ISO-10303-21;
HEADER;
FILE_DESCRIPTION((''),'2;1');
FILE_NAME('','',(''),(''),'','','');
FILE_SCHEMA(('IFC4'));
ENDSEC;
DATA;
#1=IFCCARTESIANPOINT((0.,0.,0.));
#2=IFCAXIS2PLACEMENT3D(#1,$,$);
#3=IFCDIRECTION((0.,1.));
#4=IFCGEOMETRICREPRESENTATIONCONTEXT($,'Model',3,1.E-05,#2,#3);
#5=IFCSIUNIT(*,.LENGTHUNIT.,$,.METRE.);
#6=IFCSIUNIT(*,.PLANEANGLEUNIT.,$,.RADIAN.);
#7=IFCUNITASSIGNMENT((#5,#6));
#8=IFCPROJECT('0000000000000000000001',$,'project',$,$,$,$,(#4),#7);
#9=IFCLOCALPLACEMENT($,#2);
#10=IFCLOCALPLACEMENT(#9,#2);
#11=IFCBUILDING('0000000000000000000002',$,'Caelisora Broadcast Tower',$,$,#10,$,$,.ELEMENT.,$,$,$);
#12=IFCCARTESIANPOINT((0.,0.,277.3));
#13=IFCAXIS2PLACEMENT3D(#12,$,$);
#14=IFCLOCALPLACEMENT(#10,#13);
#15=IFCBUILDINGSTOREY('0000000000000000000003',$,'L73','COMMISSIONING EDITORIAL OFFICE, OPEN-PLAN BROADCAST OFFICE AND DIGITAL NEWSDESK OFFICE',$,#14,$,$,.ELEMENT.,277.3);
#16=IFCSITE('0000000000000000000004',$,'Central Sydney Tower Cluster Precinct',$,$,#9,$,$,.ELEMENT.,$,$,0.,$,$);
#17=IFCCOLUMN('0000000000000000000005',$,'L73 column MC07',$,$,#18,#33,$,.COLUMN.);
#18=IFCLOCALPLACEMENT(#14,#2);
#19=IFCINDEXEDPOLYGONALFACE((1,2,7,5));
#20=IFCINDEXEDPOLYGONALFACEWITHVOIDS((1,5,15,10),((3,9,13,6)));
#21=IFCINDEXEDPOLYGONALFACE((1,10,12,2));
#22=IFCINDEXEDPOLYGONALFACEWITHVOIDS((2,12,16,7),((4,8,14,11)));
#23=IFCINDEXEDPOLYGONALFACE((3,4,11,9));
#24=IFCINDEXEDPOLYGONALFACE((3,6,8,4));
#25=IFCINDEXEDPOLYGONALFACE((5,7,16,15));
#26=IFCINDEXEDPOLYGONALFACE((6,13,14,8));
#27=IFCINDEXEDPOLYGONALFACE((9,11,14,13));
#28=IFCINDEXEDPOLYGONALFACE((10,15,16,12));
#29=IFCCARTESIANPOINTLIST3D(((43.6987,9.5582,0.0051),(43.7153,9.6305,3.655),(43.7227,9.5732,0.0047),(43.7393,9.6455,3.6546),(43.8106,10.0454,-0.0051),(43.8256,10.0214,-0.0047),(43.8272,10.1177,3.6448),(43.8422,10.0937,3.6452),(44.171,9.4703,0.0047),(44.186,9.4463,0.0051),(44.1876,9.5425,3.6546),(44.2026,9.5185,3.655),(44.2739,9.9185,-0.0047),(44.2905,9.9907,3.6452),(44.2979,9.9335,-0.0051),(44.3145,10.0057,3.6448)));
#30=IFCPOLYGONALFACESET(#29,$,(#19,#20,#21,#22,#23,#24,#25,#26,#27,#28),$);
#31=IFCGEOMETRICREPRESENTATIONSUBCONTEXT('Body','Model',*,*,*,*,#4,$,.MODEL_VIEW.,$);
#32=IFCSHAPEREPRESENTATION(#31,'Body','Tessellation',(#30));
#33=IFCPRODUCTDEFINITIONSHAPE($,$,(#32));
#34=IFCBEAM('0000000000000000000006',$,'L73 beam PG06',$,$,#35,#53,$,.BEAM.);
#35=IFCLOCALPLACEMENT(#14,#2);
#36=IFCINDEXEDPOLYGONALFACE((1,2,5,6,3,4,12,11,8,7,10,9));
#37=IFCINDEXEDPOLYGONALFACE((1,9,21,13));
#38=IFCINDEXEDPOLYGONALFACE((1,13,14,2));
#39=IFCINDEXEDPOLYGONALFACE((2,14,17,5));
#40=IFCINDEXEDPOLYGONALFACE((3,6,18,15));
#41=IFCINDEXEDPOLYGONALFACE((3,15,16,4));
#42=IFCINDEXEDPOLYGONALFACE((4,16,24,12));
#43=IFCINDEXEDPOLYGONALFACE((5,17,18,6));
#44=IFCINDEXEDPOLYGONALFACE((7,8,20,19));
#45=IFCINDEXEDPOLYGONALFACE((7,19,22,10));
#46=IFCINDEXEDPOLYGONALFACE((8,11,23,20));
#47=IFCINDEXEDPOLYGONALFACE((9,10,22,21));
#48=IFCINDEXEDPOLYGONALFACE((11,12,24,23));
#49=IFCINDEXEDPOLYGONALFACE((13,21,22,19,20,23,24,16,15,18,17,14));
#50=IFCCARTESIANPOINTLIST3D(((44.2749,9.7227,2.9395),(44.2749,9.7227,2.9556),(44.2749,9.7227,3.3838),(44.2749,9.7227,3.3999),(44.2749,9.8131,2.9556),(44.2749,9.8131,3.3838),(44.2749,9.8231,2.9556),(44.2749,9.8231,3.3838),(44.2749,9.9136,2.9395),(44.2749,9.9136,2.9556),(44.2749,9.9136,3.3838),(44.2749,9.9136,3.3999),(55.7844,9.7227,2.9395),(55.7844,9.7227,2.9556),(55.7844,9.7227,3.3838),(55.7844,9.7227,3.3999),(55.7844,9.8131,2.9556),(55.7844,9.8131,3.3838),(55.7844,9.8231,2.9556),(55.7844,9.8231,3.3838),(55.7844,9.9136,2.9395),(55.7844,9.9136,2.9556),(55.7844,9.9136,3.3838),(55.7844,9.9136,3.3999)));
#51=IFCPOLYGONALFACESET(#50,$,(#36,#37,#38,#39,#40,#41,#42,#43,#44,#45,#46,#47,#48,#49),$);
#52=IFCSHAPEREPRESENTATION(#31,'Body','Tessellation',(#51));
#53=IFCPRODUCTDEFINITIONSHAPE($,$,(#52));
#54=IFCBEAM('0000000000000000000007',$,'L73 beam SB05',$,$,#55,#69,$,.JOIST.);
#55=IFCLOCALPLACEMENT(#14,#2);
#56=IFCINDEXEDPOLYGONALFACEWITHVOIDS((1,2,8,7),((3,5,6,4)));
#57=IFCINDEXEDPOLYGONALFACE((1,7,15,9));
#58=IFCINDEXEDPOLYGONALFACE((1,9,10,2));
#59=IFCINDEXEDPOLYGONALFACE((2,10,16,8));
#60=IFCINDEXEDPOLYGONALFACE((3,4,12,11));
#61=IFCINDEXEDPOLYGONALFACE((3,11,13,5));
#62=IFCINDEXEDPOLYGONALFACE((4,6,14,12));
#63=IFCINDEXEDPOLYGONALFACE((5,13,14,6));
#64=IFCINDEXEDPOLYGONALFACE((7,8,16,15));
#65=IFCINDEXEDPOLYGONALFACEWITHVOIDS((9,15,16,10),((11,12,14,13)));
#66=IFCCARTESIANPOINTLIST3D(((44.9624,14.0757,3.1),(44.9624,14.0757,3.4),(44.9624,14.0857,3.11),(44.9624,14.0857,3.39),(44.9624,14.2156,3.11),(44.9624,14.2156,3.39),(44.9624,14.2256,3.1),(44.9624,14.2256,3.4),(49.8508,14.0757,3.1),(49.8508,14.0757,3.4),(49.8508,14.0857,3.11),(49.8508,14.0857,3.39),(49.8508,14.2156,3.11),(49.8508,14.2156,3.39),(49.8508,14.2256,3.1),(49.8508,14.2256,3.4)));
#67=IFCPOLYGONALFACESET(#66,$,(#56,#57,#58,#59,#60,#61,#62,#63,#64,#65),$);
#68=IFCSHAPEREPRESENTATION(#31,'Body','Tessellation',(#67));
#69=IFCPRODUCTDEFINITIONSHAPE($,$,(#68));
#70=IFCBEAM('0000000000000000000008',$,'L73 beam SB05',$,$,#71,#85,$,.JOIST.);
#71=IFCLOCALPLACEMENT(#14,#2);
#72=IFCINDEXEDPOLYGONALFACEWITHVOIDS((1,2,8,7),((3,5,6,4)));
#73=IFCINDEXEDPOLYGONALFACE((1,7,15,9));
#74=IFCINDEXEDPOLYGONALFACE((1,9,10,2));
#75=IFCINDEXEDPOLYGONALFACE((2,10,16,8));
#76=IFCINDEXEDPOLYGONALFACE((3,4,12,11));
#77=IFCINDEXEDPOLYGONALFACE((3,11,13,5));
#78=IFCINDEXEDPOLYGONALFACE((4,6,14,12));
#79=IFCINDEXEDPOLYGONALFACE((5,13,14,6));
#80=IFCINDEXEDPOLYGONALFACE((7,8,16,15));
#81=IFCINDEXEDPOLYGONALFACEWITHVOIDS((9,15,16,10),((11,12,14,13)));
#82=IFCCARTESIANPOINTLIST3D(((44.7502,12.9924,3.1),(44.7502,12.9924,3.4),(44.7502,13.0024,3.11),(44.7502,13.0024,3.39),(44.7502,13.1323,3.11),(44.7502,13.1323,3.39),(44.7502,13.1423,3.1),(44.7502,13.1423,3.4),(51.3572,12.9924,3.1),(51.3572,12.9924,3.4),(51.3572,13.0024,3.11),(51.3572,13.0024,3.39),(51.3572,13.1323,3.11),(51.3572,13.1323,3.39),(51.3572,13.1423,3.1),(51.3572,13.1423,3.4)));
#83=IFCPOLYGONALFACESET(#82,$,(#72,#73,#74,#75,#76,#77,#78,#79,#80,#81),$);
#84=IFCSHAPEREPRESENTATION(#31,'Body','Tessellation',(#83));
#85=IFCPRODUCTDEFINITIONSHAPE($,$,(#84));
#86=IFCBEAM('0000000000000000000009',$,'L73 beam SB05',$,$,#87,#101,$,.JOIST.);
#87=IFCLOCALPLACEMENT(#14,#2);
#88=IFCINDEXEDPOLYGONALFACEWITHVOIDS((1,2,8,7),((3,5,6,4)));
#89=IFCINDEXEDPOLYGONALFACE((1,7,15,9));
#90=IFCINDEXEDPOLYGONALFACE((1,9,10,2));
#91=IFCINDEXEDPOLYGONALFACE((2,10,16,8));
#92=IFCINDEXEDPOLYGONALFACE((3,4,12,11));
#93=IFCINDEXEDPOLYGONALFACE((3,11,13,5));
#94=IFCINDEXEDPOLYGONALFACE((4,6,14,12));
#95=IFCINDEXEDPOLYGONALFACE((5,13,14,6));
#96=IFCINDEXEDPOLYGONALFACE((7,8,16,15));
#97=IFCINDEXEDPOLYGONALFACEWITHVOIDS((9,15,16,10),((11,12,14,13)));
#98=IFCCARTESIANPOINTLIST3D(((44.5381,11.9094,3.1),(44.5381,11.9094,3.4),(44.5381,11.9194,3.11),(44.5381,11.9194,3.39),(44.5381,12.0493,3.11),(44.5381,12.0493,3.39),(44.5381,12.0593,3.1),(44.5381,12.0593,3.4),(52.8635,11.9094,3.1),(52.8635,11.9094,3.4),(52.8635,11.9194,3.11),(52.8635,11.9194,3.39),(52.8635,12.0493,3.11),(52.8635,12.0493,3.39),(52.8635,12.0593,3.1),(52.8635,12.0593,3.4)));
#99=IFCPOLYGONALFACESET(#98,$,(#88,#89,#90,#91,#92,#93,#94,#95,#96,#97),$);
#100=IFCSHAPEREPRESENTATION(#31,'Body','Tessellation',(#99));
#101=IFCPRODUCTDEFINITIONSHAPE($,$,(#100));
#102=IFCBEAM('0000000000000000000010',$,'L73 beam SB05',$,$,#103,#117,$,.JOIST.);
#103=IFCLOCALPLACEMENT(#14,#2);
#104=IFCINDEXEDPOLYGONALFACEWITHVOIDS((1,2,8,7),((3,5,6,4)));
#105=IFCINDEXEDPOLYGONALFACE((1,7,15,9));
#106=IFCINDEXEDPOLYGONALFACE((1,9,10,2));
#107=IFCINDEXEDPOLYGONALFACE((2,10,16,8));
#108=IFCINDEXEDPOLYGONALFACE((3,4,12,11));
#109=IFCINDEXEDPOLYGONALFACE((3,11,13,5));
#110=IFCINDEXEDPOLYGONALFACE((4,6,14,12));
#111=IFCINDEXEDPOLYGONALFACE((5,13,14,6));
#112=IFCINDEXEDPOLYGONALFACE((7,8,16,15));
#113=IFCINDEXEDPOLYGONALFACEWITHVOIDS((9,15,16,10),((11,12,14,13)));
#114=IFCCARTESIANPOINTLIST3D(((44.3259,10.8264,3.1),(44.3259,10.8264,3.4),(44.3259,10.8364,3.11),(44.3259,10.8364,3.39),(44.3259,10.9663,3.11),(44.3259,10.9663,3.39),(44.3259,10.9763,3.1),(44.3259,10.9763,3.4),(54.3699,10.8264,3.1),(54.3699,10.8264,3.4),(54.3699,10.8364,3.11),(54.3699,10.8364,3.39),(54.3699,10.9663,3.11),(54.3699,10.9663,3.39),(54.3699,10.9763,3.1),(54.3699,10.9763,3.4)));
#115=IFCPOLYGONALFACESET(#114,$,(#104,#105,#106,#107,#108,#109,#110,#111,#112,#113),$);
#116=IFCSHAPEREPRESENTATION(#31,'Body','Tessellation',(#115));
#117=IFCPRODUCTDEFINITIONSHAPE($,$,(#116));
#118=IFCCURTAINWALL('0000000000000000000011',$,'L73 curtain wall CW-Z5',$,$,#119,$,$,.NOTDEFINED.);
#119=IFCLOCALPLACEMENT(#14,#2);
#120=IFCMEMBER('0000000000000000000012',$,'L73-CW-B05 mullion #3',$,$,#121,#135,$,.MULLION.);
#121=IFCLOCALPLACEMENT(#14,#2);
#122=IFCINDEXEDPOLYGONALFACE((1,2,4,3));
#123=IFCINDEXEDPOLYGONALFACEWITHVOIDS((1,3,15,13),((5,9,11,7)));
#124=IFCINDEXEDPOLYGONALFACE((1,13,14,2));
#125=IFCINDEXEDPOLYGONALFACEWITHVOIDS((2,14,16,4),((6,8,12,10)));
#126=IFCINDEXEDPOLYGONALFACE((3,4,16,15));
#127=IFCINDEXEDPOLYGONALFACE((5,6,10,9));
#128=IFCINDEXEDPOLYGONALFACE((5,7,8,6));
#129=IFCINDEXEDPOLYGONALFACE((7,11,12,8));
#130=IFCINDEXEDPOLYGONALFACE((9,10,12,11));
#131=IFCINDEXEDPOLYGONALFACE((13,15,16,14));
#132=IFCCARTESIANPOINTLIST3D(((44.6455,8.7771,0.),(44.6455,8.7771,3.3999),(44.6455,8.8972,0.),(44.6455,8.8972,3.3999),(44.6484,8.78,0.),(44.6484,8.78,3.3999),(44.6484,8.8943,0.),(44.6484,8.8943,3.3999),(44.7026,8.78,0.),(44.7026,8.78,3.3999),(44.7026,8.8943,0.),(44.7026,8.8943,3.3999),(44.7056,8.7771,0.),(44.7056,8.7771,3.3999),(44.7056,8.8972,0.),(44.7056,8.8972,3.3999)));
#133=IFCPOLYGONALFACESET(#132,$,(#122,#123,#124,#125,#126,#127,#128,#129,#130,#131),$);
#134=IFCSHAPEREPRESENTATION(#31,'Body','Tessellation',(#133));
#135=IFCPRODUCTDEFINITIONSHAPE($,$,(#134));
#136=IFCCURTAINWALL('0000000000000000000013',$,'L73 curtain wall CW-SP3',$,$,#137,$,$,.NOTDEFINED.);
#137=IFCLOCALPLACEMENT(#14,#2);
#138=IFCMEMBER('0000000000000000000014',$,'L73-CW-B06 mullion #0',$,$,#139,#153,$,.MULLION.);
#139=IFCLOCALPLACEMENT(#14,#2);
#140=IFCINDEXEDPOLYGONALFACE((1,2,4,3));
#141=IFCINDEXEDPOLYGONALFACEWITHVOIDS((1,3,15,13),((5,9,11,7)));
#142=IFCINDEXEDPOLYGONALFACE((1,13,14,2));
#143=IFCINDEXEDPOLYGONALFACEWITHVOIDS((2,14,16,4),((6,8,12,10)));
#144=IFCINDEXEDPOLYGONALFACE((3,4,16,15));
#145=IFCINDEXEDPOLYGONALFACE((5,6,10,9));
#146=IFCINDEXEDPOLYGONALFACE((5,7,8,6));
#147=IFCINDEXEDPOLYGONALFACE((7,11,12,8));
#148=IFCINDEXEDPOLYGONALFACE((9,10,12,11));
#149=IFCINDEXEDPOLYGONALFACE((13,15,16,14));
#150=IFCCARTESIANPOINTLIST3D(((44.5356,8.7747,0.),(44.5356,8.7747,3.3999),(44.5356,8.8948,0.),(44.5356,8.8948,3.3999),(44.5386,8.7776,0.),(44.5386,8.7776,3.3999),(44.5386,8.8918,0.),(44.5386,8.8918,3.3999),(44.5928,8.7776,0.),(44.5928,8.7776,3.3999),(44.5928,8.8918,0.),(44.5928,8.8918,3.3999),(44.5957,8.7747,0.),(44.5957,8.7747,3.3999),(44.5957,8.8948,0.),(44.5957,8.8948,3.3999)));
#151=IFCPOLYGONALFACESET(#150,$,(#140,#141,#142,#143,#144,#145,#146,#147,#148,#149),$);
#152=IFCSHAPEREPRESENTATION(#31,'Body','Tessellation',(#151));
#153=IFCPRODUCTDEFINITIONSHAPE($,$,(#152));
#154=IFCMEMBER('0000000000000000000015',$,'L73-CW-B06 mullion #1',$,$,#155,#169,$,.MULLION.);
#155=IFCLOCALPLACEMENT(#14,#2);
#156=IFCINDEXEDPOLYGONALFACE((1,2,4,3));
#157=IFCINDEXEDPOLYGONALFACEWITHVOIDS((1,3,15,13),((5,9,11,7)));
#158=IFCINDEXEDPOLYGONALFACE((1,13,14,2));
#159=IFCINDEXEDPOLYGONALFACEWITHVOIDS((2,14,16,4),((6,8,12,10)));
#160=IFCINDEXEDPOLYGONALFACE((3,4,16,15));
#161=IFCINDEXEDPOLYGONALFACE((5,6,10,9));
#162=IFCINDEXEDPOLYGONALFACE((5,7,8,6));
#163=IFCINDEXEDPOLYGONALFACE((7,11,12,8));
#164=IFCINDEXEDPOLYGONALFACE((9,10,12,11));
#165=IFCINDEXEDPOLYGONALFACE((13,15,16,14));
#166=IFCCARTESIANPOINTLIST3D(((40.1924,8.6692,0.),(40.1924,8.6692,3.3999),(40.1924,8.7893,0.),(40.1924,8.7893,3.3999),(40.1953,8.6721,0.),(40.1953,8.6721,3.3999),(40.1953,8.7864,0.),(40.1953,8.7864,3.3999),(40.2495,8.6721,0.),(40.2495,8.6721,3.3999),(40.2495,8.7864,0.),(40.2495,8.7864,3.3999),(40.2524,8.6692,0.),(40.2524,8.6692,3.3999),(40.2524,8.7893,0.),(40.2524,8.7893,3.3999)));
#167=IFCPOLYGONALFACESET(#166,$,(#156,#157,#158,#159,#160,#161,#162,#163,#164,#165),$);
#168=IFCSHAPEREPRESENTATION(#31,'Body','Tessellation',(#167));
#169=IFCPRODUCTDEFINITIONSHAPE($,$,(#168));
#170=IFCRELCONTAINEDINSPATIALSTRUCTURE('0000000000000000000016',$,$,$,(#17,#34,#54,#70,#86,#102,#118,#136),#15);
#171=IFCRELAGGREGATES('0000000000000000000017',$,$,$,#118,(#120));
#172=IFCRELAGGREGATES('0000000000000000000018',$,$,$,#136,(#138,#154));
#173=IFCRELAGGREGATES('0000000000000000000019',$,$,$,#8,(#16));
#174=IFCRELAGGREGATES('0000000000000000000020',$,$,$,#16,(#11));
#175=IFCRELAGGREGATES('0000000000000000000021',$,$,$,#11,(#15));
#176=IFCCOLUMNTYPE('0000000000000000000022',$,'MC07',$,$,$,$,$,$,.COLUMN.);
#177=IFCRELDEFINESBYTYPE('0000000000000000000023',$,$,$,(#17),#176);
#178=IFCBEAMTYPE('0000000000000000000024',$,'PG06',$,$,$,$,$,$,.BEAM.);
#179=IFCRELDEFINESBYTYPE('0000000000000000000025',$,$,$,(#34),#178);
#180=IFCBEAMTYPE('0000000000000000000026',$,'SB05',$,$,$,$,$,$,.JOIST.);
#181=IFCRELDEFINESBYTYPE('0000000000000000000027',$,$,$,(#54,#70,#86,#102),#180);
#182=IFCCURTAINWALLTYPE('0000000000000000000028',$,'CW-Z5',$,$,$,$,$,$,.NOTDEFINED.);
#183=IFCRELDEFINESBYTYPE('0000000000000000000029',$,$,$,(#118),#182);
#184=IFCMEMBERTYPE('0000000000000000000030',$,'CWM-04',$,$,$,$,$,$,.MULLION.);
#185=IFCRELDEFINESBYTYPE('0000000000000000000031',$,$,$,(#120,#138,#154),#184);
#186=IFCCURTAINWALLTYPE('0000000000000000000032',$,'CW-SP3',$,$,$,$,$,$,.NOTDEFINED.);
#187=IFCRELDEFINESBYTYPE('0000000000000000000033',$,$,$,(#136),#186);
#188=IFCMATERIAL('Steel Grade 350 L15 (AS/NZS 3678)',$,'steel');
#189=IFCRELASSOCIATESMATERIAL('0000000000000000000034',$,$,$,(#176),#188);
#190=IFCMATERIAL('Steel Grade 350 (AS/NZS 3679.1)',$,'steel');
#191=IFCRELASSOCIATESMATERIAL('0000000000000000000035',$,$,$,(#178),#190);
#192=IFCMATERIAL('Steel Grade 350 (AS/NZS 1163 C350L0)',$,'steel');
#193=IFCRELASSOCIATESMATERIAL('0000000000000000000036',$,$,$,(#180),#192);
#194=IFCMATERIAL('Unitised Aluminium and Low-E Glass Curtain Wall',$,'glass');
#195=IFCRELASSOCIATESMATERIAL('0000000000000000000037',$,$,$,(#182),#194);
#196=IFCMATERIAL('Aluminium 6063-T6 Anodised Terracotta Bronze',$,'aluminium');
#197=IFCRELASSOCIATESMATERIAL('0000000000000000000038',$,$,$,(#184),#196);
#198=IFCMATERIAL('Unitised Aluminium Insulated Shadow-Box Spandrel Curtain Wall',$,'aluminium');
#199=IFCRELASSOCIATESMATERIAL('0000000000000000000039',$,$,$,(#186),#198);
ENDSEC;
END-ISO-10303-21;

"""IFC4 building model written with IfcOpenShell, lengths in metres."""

from ifc_helpers import new_model, si_unit, direction, frame, origin, origin_2d, place, context, subcontext, project, spatial, hollow_rectangle, i_section, extrude, source, transform, mapped, material, material_profile, profile_set, type_object, type_shapes, element, aggregate, save


model = new_model("IFC4")

# Units and contexts
model_context = context("Model", 3, precision=1e-05, world=origin(), true_north=direction((0.0, 1.0)))
body_context = subcontext(model_context, "Body", "Model", "MODEL_VIEW")
ifc_project = project(units=[si_unit("LENGTHUNIT", "METRE"), si_unit("PLANEANGLEUNIT", "RADIAN")], contexts=[model_context])

# Site, building, storey
site_placement = place(None, origin())
site = spatial("IfcSite", under=ifc_project, at=site_placement, Name="Central Sydney Tower Cluster Precinct", CompositionType="ELEMENT", RefElevation=0.0)
building_placement = place(site_placement, origin())
building = spatial("IfcBuilding", under=site, at=building_placement, Name="Caelisora Broadcast Tower", CompositionType="ELEMENT")
storey_placement = place(building_placement, frame((0.0, 0.0, 277.3)))
storey = spatial("IfcBuildingStorey", under=building, at=storey_placement, Name="L73", Description="COMMISSIONING EDITORIAL OFFICE, OPEN-PLAN BROADCAST OFFICE AND DIGITAL NEWSDESK OFFICE", CompositionType="ELEMENT", Elevation=277.3)

# Column
ifc_material_1 = material(Name="Steel Grade 350 L15 (AS/NZS 3678)", Category="steel")
ifc_material_profile_1 = material_profile(ifc_material_1, hollow_rectangle(XDim=0.5, YDim=0.5, WallThickness=0.02, at=origin_2d()), Name="Steel Grade 350 L15 (AS/NZS 3678)")
ifc_profile_set_1 = profile_set([ifc_material_profile_1], Name="Steel Grade 350 L15 (AS/NZS 3678)")
column_type = type_object("IfcColumnType", Name="MC07", PredefinedType="COLUMN", material=ifc_profile_set_1)
shared_shape_1 = source(origin(), body_context, "Body", "SweptSolid", [
    extrude(hollow_rectangle(XDim=0.5, YDim=0.5, WallThickness=0.02, at=origin_2d()), origin(), (0.0, 0.0, 1.0), 3.6506),
])
type_shapes(column_type, [shared_shape_1])
column_placement = place(storey_placement, frame((43.9983, 9.7458, 0.0), z_axis=(0.004548, 0.019795, 0.999794), x_axis=(-0.974613, 0.223898, 0.0)))
element("IfcColumn", 1, at=column_placement, inside=storey, type_object=column_type, Name="L73 column MC07", PredefinedType="COLUMN", context=body_context, shape_type="MappedRepresentation", body=[
    mapped(shared_shape_1, transform((0.0, 0.0, 0.0), scale=1.0)),
])

# Beams
ifc_material_2 = material(Name="Steel Grade 350 (AS/NZS 3679.1)", Category="steel")
ifc_material_profile_2 = material_profile(ifc_material_2, i_section(OverallWidth=0.1909, OverallDepth=0.4604, WebThickness=0.01, FlangeThickness=0.0161, at=origin_2d()), Name="Steel Grade 350 (AS/NZS 3679.1)")
ifc_profile_set_2 = profile_set([ifc_material_profile_2], Name="Steel Grade 350 (AS/NZS 3679.1)")
beam_type_1 = type_object("IfcBeamType", Name="PG06", PredefinedType="BEAM", material=ifc_profile_set_2)
shared_shape_2 = source(origin(), body_context, "Body", "SweptSolid", [
    extrude(i_section(OverallWidth=0.1909, OverallDepth=0.4604, WebThickness=0.01, FlangeThickness=0.0161, at=origin_2d()), origin(), (0.0, 0.0, 1.0), 11.5095),
])
type_shapes(beam_type_1, [shared_shape_2])
beam_1_placement = place(storey_placement, frame((44.2749, 9.8181, 3.1697), z_axis=(1.0, 0.0, 0.0), x_axis=(0.0, 1.0, 0.0)))
element("IfcBeam", 2, at=beam_1_placement, inside=storey, type_object=beam_type_1, Name="L73 beam PG06", PredefinedType="BEAM", context=body_context, shape_type="MappedRepresentation", body=[
    mapped(shared_shape_2, transform((0.0, 0.0, 0.0), scale=1.0)),
])
ifc_material_3 = material(Name="Steel Grade 350 (AS/NZS 1163 C350L0)", Category="steel")
ifc_material_profile_3 = material_profile(ifc_material_3, hollow_rectangle(XDim=0.1499, YDim=0.3, WallThickness=0.01, at=origin_2d()), Name="Steel Grade 350 (AS/NZS 1163 C350L0)")
ifc_profile_set_3 = profile_set([ifc_material_profile_3], Name="Steel Grade 350 (AS/NZS 1163 C350L0)")
beam_type_2 = type_object("IfcBeamType", Name="SB05", PredefinedType="JOIST", material=ifc_profile_set_3)
shared_shape_3 = source(origin(), body_context, "Body", "SweptSolid", [
    extrude(hollow_rectangle(XDim=0.1499, YDim=0.3, WallThickness=0.01, at=origin_2d()), origin(), (0.0, 0.0, 1.0), 4.8884),
])
beam_2_placement = place(storey_placement, frame((44.9624, 14.1506, 3.25), z_axis=(1.0, 0.0, 0.0), x_axis=(0.0, 1.0, 0.0)))
element("IfcBeam", 3, at=beam_2_placement, inside=storey, type_object=beam_type_2, Name="L73 beam SB05", PredefinedType="JOIST", context=body_context, shape_type="MappedRepresentation", body=[
    mapped(shared_shape_3, transform((0.0, 0.0, 0.0), scale=1.0)),
])
shared_shape_4 = source(origin(), body_context, "Body", "SweptSolid", [
    extrude(hollow_rectangle(XDim=0.1499, YDim=0.3, WallThickness=0.01, at=origin_2d()), origin(), (0.0, 0.0, 1.0), 6.6069),
])
beam_3_placement = place(storey_placement, frame((44.7502, 13.0674, 3.25), z_axis=(1.0, 0.0, 0.0), x_axis=(0.0, 1.0, 0.0)))
element("IfcBeam", 4, at=beam_3_placement, inside=storey, type_object=beam_type_2, Name="L73 beam SB05", PredefinedType="JOIST", context=body_context, shape_type="MappedRepresentation", body=[
    mapped(shared_shape_4, transform((0.0, 0.0, 0.0), scale=1.0)),
])
shared_shape_5 = source(origin(), body_context, "Body", "SweptSolid", [
    extrude(hollow_rectangle(XDim=0.1499, YDim=0.3, WallThickness=0.01, at=origin_2d()), origin(), (0.0, 0.0, 1.0), 8.3254),
])
beam_4_placement = place(storey_placement, frame((44.5381, 11.9844, 3.25), z_axis=(1.0, 0.0, 0.0), x_axis=(0.0, 1.0, 0.0)))
element("IfcBeam", 5, at=beam_4_placement, inside=storey, type_object=beam_type_2, Name="L73 beam SB05", PredefinedType="JOIST", context=body_context, shape_type="MappedRepresentation", body=[
    mapped(shared_shape_5, transform((0.0, 0.0, 0.0), scale=1.0)),
])
shared_shape_6 = source(origin(), body_context, "Body", "SweptSolid", [
    extrude(hollow_rectangle(XDim=0.1499, YDim=0.3, WallThickness=0.01, at=origin_2d()), origin(), (0.0, 0.0, 1.0), 10.0439),
])
type_shapes(beam_type_2, [shared_shape_3, shared_shape_4, shared_shape_5, shared_shape_6])
beam_5_placement = place(storey_placement, frame((44.3259, 10.9014, 3.25), z_axis=(1.0, 0.0, 0.0), x_axis=(0.0, 1.0, 0.0)))
element("IfcBeam", 6, at=beam_5_placement, inside=storey, type_object=beam_type_2, Name="L73 beam SB05", PredefinedType="JOIST", context=body_context, shape_type="MappedRepresentation", body=[
    mapped(shared_shape_6, transform((0.0, 0.0, 0.0), scale=1.0)),
])

# Curtain wall, member
ifc_material_4 = material(Name="Unitised Aluminium and Low-E Glass Curtain Wall", Category="glass")
curtain_wall_type_1 = type_object("IfcCurtainWallType", Name="CW-Z5", PredefinedType="NOTDEFINED", material=ifc_material_4)
curtain_wall_1_placement = place(storey_placement, origin())
curtain_wall_1 = element("IfcCurtainWall", 7, at=curtain_wall_1_placement, inside=storey, type_object=curtain_wall_type_1, Name="L73 curtain wall CW-Z5", PredefinedType="NOTDEFINED")
ifc_material_5 = material(Name="Aluminium 6063-T6 Anodised Terracotta Bronze", Category="aluminium")
ifc_material_profile_4 = material_profile(ifc_material_5, hollow_rectangle(XDim=0.0601, YDim=0.1201, WallThickness=0.0029, at=origin_2d()), Name="Aluminium 6063-T6 Anodised Terracotta Bronze")
ifc_profile_set_4 = profile_set([ifc_material_profile_4], Name="Aluminium 6063-T6 Anodised Terracotta Bronze")
member_type_1 = type_object("IfcMemberType", Name="CWM-04", PredefinedType="MULLION", material=ifc_profile_set_4)
shared_shape_7 = source(origin(), body_context, "Body", "SweptSolid", [
    extrude(hollow_rectangle(XDim=0.0601, YDim=0.1201, WallThickness=0.0029, at=origin_2d()), origin(), (0.0, 0.0, 1.0), 3.3999),
])
type_shapes(member_type_1, [shared_shape_7])
member_1_placement = place(storey_placement, frame((44.6755, 8.8372, 0.0), z_axis=(0.0, 0.0, 1.0), x_axis=(1.0, 0.0, 0.0)))
member_1 = element("IfcMember", 8, at=member_1_placement, type_object=member_type_1, Name="L73-CW-B05 mullion #3", PredefinedType="MULLION", context=body_context, shape_type="MappedRepresentation", body=[
    mapped(shared_shape_7, transform((0.0, 0.0, 0.0), scale=1.0)),
])
aggregate(curtain_wall_1, [member_1])

# Curtain wall, members
ifc_material_6 = material(Name="Unitised Aluminium Insulated Shadow-Box Spandrel Curtain Wall", Category="aluminium")
curtain_wall_type_2 = type_object("IfcCurtainWallType", Name="CW-SP3", PredefinedType="NOTDEFINED", material=ifc_material_6)
curtain_wall_2_placement = place(storey_placement, origin())
curtain_wall_2 = element("IfcCurtainWall", 9, at=curtain_wall_2_placement, inside=storey, type_object=curtain_wall_type_2, Name="L73 curtain wall CW-SP3", PredefinedType="NOTDEFINED")
member_2_placement = place(storey_placement, frame((44.5657, 8.8347, 0.0), z_axis=(0.0, 0.0, 1.0), x_axis=(1.0, 0.0, 0.0)))
member_2 = element("IfcMember", 10, at=member_2_placement, type_object=member_type_1, Name="L73-CW-B06 mullion #0", PredefinedType="MULLION", context=body_context, shape_type="MappedRepresentation", body=[
    mapped(shared_shape_7, transform((0.0, 0.0, 0.0), scale=1.0)),
])
member_3_placement = place(storey_placement, frame((40.2224, 8.7292, 0.0), z_axis=(0.0, 0.0, 1.0), x_axis=(1.0, 0.0, 0.0)))
member_3 = element("IfcMember", 11, at=member_3_placement, type_object=member_type_1, Name="L73-CW-B06 mullion #1", PredefinedType="MULLION", context=body_context, shape_type="MappedRepresentation", body=[
    mapped(shared_shape_7, transform((0.0, 0.0, 0.0), scale=1.0)),
])

aggregate(curtain_wall_2, [member_2, member_3])

save(model, "model.ifc")
